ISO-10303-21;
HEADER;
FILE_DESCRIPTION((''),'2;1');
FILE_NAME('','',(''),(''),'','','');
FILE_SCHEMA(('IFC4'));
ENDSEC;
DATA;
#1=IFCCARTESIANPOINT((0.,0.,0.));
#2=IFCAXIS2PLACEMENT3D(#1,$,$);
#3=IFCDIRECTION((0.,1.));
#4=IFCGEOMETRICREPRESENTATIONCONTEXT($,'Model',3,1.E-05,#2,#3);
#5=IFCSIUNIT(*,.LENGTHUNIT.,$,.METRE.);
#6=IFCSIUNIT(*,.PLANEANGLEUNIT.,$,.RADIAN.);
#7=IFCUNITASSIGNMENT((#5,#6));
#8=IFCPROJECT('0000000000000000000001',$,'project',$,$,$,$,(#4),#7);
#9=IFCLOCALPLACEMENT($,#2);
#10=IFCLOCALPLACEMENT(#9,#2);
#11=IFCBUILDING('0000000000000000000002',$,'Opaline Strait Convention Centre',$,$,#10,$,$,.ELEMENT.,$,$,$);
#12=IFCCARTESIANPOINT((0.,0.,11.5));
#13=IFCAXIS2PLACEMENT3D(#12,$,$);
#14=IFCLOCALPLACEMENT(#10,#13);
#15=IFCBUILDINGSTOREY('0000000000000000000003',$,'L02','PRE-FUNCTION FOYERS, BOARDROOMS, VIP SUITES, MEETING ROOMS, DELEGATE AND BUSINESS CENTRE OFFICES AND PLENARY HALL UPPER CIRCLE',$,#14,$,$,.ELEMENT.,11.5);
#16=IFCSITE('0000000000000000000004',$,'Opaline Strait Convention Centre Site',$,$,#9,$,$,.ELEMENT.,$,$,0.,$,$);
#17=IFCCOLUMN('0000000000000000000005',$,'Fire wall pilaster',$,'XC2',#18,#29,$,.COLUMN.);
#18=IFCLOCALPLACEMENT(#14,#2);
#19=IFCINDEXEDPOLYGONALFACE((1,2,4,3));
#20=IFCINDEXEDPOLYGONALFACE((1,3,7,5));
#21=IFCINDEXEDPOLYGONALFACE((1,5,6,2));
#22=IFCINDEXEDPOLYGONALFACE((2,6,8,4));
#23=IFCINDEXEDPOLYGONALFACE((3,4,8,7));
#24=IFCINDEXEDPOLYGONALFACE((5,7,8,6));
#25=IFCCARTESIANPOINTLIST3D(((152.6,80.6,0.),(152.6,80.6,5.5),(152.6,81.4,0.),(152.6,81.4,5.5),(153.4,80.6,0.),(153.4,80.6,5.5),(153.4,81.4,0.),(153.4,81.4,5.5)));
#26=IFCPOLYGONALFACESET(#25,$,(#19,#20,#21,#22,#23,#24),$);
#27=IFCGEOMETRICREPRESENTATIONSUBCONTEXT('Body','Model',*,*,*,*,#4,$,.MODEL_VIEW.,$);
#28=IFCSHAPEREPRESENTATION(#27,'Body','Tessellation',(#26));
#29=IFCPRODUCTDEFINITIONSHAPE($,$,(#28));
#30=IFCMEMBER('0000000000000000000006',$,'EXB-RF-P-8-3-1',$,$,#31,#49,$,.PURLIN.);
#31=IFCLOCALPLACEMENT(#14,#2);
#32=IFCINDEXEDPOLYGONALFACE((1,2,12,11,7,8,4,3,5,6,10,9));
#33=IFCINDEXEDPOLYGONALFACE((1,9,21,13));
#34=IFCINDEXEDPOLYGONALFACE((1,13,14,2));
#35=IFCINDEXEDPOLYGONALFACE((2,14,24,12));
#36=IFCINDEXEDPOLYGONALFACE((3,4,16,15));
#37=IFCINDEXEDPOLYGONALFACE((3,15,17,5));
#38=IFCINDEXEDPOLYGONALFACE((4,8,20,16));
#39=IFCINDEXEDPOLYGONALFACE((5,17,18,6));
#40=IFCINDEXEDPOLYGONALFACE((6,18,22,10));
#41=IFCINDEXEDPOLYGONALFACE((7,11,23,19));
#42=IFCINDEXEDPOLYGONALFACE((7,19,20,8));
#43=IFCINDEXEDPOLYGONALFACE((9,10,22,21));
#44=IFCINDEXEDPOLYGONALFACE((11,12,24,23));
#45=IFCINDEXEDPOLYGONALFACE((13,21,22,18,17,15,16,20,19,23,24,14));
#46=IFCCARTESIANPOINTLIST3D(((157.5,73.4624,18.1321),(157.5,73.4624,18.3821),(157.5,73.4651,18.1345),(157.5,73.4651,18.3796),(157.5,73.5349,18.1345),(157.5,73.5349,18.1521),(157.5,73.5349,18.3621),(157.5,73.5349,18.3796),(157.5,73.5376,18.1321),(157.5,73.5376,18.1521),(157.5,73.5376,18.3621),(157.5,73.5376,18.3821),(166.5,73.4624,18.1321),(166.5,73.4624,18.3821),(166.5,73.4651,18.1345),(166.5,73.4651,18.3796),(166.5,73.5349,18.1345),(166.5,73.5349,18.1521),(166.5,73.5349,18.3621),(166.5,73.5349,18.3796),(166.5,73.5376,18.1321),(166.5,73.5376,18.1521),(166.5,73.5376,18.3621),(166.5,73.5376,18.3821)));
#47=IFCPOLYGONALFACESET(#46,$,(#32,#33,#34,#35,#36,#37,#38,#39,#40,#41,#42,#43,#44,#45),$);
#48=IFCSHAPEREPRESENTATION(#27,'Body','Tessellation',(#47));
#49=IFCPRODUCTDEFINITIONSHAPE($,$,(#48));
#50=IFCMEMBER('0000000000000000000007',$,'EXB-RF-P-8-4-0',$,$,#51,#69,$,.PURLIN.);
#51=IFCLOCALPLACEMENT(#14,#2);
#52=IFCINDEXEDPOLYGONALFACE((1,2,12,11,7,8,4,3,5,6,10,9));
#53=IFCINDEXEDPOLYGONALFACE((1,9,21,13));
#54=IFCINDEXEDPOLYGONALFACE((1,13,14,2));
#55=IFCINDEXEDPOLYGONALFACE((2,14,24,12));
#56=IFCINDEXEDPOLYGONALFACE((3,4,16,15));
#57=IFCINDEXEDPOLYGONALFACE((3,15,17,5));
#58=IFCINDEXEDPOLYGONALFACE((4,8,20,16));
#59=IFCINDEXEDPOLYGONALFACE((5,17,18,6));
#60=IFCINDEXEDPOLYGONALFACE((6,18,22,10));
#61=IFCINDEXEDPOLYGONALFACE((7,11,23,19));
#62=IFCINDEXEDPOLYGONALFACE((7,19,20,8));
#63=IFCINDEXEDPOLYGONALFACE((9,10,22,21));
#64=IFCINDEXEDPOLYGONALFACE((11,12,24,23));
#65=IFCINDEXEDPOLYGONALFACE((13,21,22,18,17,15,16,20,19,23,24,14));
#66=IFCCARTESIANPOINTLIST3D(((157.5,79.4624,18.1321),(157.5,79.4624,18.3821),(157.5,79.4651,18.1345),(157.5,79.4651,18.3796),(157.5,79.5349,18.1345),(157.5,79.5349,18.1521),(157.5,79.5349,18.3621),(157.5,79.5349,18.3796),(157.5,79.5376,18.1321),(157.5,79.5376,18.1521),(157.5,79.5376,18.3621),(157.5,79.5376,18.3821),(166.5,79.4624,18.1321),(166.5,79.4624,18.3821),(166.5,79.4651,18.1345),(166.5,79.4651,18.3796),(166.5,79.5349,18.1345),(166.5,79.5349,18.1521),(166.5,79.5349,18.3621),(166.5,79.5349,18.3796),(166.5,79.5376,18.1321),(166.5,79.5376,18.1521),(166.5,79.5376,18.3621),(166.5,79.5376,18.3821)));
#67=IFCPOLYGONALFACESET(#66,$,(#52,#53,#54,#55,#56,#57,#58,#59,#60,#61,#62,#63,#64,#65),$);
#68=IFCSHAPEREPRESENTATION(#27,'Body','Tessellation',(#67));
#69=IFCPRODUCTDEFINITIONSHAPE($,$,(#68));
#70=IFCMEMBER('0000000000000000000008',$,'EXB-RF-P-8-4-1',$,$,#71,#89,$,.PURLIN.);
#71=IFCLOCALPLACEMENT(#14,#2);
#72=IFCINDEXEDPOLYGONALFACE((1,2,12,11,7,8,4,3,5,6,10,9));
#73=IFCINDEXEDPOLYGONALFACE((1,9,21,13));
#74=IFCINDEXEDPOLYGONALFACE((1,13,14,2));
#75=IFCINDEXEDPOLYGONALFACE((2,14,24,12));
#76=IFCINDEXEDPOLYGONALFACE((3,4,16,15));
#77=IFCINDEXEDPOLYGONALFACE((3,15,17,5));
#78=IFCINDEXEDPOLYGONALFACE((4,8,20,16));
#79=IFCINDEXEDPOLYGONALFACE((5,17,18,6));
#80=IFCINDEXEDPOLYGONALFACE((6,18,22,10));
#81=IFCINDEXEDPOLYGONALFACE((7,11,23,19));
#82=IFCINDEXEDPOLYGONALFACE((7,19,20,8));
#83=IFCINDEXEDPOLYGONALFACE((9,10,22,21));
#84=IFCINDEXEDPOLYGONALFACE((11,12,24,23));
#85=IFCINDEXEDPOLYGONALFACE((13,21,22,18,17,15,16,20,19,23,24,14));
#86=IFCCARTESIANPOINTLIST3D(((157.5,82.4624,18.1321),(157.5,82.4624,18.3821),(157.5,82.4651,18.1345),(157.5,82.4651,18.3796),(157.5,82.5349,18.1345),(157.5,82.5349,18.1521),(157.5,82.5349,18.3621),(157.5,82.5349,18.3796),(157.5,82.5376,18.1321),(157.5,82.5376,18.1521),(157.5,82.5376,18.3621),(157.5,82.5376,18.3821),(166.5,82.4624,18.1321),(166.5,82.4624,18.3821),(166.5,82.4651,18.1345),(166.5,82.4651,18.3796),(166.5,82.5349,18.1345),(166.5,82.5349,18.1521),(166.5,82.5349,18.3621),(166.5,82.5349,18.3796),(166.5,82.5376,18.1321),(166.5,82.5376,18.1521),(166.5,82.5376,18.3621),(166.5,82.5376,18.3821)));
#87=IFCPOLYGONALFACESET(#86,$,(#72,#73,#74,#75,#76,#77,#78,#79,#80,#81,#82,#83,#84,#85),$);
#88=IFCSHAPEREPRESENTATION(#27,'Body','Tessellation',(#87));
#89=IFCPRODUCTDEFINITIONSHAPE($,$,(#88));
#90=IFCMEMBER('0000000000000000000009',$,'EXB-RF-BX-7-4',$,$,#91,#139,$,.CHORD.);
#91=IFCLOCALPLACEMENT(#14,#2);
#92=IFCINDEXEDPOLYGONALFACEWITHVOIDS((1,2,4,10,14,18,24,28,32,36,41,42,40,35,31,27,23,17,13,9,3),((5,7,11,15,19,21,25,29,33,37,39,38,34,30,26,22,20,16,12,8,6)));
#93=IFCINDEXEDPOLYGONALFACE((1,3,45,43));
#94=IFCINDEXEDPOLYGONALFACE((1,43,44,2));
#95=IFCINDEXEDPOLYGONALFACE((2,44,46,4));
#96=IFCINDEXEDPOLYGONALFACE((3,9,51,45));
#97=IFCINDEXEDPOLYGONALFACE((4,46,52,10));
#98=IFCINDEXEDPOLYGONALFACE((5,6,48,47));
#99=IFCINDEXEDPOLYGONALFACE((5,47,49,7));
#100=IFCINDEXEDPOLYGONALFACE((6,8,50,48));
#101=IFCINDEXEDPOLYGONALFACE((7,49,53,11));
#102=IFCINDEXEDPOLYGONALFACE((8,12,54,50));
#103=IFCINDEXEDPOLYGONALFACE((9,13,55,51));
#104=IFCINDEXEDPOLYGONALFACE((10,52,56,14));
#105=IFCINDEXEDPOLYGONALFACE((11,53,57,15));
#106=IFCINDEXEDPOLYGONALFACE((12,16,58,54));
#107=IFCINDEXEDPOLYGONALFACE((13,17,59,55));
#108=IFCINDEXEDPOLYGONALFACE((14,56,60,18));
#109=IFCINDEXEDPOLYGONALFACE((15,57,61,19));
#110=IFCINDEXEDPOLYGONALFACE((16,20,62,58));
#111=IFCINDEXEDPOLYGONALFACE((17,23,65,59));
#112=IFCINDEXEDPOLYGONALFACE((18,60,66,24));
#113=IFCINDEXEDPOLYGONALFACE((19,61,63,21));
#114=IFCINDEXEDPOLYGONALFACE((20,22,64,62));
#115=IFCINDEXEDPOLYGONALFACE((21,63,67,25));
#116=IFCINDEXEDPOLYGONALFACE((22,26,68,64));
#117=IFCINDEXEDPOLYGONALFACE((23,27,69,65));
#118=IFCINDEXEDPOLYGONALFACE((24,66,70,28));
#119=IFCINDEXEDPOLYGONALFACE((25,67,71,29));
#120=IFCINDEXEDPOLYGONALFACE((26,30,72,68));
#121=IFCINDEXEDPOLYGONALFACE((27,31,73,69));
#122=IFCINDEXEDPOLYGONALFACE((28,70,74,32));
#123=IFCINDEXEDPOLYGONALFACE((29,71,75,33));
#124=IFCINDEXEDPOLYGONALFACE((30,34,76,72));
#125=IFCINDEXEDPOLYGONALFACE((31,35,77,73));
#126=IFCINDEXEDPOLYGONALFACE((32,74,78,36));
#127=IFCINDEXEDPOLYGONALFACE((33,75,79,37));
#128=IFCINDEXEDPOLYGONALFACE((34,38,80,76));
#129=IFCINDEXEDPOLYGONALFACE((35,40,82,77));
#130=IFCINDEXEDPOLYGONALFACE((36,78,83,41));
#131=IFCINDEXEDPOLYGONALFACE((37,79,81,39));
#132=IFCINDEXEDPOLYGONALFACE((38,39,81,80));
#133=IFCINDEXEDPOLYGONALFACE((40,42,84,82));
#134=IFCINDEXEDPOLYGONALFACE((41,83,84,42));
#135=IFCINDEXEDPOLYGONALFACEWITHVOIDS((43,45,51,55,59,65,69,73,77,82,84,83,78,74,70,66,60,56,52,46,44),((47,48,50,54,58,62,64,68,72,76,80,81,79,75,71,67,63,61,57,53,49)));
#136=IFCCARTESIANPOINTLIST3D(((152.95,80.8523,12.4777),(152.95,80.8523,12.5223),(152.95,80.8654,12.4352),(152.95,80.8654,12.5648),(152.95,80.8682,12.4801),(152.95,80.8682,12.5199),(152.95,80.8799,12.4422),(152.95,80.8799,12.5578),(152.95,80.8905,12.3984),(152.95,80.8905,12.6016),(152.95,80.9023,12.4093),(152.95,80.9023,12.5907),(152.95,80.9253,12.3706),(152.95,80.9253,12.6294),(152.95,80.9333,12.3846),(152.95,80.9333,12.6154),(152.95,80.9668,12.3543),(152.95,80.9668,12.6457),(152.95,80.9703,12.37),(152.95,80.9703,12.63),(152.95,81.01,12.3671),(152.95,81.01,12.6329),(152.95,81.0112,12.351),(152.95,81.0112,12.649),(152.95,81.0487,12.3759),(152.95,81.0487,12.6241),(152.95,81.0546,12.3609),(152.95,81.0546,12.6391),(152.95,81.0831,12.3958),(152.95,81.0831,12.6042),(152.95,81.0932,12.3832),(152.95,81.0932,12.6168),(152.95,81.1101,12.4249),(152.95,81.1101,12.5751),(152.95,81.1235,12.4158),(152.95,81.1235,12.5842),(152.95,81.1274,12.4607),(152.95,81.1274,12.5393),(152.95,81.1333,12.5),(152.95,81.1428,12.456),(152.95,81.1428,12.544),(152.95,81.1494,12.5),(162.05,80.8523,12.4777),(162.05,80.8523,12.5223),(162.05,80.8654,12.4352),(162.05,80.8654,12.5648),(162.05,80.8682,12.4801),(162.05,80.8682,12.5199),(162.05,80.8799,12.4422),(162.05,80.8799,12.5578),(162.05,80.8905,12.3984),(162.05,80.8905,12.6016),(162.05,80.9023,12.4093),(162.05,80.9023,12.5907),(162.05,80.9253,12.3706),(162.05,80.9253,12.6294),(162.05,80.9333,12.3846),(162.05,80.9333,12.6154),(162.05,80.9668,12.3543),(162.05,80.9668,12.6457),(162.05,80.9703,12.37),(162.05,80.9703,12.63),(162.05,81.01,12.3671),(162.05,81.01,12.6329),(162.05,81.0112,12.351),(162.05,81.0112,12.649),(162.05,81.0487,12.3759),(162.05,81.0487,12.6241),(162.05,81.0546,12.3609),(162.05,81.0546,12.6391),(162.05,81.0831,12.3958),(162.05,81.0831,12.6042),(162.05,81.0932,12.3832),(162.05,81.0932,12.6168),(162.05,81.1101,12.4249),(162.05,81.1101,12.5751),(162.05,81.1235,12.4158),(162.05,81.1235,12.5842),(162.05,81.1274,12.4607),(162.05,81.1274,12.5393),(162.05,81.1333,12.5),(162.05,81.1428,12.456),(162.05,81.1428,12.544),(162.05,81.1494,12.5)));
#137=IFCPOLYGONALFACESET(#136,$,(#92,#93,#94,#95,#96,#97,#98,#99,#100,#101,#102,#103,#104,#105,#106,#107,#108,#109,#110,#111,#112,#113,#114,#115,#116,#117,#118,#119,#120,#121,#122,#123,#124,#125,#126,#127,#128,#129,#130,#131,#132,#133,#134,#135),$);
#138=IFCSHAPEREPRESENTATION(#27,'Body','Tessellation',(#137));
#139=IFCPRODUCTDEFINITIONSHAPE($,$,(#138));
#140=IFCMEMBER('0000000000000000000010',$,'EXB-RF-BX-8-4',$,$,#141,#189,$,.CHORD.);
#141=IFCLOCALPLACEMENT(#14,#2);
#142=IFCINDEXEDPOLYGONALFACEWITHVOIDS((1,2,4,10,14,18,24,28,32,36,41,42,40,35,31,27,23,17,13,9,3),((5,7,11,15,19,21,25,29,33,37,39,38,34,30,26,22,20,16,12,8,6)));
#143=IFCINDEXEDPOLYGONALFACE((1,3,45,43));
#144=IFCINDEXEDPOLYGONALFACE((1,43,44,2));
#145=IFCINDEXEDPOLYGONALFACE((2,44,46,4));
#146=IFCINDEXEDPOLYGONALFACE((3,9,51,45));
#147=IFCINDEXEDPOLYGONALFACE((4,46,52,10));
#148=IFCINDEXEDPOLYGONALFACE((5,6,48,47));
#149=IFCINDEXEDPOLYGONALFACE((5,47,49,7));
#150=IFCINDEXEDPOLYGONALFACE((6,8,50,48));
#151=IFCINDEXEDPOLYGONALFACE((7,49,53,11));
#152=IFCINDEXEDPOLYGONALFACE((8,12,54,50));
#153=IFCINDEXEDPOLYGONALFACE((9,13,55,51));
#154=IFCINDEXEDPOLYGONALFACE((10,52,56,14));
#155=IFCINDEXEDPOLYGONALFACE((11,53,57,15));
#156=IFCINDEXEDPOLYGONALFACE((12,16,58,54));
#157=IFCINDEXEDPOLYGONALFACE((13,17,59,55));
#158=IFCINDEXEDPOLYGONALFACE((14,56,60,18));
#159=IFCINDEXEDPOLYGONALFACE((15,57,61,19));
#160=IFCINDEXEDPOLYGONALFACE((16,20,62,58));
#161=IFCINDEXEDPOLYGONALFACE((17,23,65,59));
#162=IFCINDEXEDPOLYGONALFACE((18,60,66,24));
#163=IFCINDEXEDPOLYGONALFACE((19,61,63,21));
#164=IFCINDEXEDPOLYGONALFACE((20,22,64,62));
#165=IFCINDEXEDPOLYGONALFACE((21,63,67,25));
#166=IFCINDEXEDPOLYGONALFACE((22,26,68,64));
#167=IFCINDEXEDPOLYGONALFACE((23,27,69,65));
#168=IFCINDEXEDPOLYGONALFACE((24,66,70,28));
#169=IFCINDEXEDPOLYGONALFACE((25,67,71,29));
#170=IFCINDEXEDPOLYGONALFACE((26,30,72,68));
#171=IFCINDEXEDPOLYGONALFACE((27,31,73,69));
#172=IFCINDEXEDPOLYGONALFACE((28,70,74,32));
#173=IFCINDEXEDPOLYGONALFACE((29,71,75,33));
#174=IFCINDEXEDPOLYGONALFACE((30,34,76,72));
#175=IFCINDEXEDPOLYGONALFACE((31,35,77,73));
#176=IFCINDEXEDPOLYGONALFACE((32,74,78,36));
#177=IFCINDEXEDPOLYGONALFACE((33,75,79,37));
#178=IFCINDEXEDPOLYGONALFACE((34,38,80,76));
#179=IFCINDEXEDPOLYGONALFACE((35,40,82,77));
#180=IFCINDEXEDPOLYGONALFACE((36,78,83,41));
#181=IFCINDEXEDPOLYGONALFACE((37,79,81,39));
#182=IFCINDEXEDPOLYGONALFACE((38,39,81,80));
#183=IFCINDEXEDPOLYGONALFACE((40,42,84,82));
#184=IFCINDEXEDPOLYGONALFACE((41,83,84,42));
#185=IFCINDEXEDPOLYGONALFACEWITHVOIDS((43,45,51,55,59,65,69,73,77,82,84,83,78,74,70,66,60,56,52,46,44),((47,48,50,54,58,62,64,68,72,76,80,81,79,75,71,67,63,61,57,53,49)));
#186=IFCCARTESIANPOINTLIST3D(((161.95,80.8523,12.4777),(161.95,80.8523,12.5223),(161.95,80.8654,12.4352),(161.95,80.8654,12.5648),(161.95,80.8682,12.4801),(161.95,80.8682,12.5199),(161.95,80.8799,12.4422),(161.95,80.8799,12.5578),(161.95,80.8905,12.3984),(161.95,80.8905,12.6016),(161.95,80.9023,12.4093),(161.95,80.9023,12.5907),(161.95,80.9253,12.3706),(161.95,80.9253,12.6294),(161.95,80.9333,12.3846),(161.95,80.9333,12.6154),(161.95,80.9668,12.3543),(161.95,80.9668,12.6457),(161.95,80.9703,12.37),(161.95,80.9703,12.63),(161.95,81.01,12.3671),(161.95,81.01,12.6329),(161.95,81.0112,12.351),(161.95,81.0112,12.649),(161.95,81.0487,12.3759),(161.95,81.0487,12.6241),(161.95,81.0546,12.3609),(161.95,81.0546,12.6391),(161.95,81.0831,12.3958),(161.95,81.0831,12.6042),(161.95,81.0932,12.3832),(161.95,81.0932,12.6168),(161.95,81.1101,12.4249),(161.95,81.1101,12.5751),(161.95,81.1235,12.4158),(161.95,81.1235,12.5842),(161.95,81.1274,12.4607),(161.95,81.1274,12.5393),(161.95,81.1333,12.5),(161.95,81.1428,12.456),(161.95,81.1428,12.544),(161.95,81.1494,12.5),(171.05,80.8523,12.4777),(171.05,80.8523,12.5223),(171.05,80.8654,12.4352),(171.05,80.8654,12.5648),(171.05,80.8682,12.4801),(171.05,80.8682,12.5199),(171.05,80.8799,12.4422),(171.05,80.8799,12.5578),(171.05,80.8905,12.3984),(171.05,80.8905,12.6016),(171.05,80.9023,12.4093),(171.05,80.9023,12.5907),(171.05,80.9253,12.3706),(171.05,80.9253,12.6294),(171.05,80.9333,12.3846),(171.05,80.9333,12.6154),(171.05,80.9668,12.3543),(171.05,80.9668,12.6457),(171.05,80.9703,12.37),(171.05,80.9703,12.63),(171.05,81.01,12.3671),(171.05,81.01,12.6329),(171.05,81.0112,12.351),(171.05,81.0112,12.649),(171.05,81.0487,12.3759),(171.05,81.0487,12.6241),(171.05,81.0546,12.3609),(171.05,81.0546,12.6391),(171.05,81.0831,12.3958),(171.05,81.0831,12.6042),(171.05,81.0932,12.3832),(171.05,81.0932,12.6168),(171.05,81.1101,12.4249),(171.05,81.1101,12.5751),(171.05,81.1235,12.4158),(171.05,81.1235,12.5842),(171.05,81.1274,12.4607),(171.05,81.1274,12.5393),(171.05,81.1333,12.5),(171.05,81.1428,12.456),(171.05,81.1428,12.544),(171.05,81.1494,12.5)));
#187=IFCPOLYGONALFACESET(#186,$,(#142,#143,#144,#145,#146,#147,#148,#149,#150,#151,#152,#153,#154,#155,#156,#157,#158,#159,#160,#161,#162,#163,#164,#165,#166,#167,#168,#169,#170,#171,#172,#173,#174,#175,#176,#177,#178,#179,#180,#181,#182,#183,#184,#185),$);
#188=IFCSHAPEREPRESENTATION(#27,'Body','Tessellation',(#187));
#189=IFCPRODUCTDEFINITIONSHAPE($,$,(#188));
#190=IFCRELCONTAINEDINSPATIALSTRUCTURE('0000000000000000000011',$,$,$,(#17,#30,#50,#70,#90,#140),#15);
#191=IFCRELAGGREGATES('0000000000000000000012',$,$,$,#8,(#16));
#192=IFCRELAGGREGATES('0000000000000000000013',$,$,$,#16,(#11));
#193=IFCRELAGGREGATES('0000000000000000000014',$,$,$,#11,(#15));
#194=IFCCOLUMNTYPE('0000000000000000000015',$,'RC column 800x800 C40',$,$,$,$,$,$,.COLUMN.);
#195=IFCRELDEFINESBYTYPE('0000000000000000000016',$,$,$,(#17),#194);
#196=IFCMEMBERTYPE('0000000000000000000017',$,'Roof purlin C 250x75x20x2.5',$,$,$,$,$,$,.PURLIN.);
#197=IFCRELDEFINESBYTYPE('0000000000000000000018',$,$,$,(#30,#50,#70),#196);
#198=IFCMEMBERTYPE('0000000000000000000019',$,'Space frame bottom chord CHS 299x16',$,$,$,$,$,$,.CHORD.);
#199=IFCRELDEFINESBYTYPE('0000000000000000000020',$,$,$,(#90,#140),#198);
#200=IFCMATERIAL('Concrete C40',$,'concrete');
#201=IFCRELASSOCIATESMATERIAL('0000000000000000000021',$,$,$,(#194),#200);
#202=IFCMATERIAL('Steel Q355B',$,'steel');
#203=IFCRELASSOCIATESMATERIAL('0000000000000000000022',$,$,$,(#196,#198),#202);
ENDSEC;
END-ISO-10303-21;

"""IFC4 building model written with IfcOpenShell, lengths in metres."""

from ifc_helpers import new_model, si_unit, direction, frame, origin, origin_2d, place, context, subcontext, project, spatial, polyline, rectangle, hollow_circle, outline, extrude, material, material_profile, profile_set, type_object, element, save


model = new_model("IFC4")

# Units and contexts
model_context = context("Model", 3, precision=1e-05, world=origin(), true_north=direction((0.0, 1.0)))
body_context = subcontext(model_context, "Body", "Model", "MODEL_VIEW")
ifc_project = project(units=[si_unit("LENGTHUNIT", "METRE"), si_unit("PLANEANGLEUNIT", "RADIAN")], contexts=[model_context])

# Site, building, storey
site_placement = place(None, origin())
site = spatial("IfcSite", under=ifc_project, at=site_placement, Name="Opaline Strait Convention Centre Site", CompositionType="ELEMENT", RefElevation=0.0)
building_placement = place(site_placement, origin())
building = spatial("IfcBuilding", under=site, at=building_placement, Name="Opaline Strait Convention Centre", CompositionType="ELEMENT")
storey_placement = place(building_placement, frame((0.0, 0.0, 11.5)))
storey = spatial("IfcBuildingStorey", under=building, at=storey_placement, Name="L02", Description="PRE-FUNCTION FOYERS, BOARDROOMS, VIP SUITES, MEETING ROOMS, DELEGATE AND BUSINESS CENTRE OFFICES AND PLENARY HALL UPPER CIRCLE", CompositionType="ELEMENT", Elevation=11.5)

# Column
ifc_material_1 = material(Name="Concrete C40", Category="concrete")
ifc_material_profile_1 = material_profile(ifc_material_1, rectangle(XDim=0.8, YDim=0.8, at=origin_2d()), Name="RC 800x800")
ifc_profile_set_1 = profile_set([ifc_material_profile_1], Name="Concrete C40")
column_type = type_object("IfcColumnType", Name="RC column 800x800 C40", PredefinedType="COLUMN", material=ifc_profile_set_1)
column_placement = place(storey_placement, frame((153.0, 81.0, 0.0), z_axis=(0.0, 0.0, 1.0), x_axis=(1.0, 0.0, 0.0)))
element("IfcColumn", 1, at=column_placement, inside=storey, type_object=column_type, Name="Fire wall pilaster", ObjectType="XC2", PredefinedType="COLUMN", context=body_context, shape_type="SweptSolid", body=[
    extrude(rectangle(XDim=0.8, YDim=0.8, at=origin_2d()), origin(), (0.0, 0.0, 1.0), 5.5),
])

# Members
ifc_material_2 = material(Name="Steel Q355B", Category="steel")
ifc_material_profile_2 = material_profile(ifc_material_2, outline(polyline([(-0.0376, -0.125), (0.0376, -0.125), (0.0376, -0.105), (0.0349, -0.105), (0.0349, -0.1226), (-0.0349, -0.1226), (-0.0349, 0.1226), (0.0349, 0.1226), (0.0349, 0.105), (0.0376, 0.105), (0.0376, 0.125), (-0.0376, 0.125), (-0.0376, -0.125)])), Name="C 250x75x20x2.5")
ifc_profile_set_2 = profile_set([ifc_material_profile_2], Name="Steel Q355B")
member_type_1 = type_object("IfcMemberType", Name="Roof purlin C 250x75x20x2.5", PredefinedType="PURLIN", material=ifc_profile_set_2)
for number, where, z_axis, x_axis, name in (
    (2, (157.5, 73.5, 18.2571), (1.0, 0.0, 0.0), (0.0, 1.0, 0.0), "EXB-RF-P-8-3-1"),
    (3, (157.5, 79.5, 18.2571), (1.0, 0.0, 0.0), (0.0, 1.0, 0.0), "EXB-RF-P-8-4-0"),
    (4, (157.5, 82.5, 18.2571), (1.0, 0.0, 0.0), (0.0, 1.0, 0.0), "EXB-RF-P-8-4-1"),
):
    element("IfcMember", number, at=place(storey_placement, frame(where, z_axis=z_axis, x_axis=x_axis)), inside=storey, type_object=member_type_1, Name=name, PredefinedType="PURLIN", context=body_context, shape_type="SweptSolid", body=[
        extrude(outline(polyline([(-0.0376, -0.125), (0.0376, -0.125), (0.0376, -0.105), (0.0349, -0.105), (0.0349, -0.1226), (-0.0349, -0.1226), (-0.0349, 0.1226), (0.0349, 0.1226), (0.0349, 0.105), (0.0376, 0.105), (0.0376, 0.125), (-0.0376, 0.125), (-0.0376, -0.125)])), origin(), (0.0, 0.0, 1.0), 9.0),
    ])
ifc_material_profile_3 = material_profile(ifc_material_2, hollow_circle(Radius=0.1494, WallThickness=0.0161, at=origin_2d()), Name="CHS 299x16")
ifc_profile_set_3 = profile_set([ifc_material_profile_3], Name="Steel Q355B")
member_type_2 = type_object("IfcMemberType", Name="Space frame bottom chord CHS 299x16", PredefinedType="CHORD", material=ifc_profile_set_3)
for number, where, z_axis, x_axis, name in (
    (5, (152.95, 81.0, 12.5), (1.0, 0.0, 0.0), (0.0, 1.0, 0.0), "EXB-RF-BX-7-4"),
    (6, (161.95, 81.0, 12.5), (1.0, 0.0, 0.0), (0.0, 1.0, 0.0), "EXB-RF-BX-8-4"),
):
    element("IfcMember", number, at=place(storey_placement, frame(where, z_axis=z_axis, x_axis=x_axis)), inside=storey, type_object=member_type_2, Name=name, PredefinedType="CHORD", context=body_context, shape_type="SweptSolid", body=[
        extrude(hollow_circle(Radius=0.1494, WallThickness=0.0161, at=origin_2d()), origin(), (0.0, 0.0, 1.0), 9.1001),
    ])

save(model, "model.ifc")
